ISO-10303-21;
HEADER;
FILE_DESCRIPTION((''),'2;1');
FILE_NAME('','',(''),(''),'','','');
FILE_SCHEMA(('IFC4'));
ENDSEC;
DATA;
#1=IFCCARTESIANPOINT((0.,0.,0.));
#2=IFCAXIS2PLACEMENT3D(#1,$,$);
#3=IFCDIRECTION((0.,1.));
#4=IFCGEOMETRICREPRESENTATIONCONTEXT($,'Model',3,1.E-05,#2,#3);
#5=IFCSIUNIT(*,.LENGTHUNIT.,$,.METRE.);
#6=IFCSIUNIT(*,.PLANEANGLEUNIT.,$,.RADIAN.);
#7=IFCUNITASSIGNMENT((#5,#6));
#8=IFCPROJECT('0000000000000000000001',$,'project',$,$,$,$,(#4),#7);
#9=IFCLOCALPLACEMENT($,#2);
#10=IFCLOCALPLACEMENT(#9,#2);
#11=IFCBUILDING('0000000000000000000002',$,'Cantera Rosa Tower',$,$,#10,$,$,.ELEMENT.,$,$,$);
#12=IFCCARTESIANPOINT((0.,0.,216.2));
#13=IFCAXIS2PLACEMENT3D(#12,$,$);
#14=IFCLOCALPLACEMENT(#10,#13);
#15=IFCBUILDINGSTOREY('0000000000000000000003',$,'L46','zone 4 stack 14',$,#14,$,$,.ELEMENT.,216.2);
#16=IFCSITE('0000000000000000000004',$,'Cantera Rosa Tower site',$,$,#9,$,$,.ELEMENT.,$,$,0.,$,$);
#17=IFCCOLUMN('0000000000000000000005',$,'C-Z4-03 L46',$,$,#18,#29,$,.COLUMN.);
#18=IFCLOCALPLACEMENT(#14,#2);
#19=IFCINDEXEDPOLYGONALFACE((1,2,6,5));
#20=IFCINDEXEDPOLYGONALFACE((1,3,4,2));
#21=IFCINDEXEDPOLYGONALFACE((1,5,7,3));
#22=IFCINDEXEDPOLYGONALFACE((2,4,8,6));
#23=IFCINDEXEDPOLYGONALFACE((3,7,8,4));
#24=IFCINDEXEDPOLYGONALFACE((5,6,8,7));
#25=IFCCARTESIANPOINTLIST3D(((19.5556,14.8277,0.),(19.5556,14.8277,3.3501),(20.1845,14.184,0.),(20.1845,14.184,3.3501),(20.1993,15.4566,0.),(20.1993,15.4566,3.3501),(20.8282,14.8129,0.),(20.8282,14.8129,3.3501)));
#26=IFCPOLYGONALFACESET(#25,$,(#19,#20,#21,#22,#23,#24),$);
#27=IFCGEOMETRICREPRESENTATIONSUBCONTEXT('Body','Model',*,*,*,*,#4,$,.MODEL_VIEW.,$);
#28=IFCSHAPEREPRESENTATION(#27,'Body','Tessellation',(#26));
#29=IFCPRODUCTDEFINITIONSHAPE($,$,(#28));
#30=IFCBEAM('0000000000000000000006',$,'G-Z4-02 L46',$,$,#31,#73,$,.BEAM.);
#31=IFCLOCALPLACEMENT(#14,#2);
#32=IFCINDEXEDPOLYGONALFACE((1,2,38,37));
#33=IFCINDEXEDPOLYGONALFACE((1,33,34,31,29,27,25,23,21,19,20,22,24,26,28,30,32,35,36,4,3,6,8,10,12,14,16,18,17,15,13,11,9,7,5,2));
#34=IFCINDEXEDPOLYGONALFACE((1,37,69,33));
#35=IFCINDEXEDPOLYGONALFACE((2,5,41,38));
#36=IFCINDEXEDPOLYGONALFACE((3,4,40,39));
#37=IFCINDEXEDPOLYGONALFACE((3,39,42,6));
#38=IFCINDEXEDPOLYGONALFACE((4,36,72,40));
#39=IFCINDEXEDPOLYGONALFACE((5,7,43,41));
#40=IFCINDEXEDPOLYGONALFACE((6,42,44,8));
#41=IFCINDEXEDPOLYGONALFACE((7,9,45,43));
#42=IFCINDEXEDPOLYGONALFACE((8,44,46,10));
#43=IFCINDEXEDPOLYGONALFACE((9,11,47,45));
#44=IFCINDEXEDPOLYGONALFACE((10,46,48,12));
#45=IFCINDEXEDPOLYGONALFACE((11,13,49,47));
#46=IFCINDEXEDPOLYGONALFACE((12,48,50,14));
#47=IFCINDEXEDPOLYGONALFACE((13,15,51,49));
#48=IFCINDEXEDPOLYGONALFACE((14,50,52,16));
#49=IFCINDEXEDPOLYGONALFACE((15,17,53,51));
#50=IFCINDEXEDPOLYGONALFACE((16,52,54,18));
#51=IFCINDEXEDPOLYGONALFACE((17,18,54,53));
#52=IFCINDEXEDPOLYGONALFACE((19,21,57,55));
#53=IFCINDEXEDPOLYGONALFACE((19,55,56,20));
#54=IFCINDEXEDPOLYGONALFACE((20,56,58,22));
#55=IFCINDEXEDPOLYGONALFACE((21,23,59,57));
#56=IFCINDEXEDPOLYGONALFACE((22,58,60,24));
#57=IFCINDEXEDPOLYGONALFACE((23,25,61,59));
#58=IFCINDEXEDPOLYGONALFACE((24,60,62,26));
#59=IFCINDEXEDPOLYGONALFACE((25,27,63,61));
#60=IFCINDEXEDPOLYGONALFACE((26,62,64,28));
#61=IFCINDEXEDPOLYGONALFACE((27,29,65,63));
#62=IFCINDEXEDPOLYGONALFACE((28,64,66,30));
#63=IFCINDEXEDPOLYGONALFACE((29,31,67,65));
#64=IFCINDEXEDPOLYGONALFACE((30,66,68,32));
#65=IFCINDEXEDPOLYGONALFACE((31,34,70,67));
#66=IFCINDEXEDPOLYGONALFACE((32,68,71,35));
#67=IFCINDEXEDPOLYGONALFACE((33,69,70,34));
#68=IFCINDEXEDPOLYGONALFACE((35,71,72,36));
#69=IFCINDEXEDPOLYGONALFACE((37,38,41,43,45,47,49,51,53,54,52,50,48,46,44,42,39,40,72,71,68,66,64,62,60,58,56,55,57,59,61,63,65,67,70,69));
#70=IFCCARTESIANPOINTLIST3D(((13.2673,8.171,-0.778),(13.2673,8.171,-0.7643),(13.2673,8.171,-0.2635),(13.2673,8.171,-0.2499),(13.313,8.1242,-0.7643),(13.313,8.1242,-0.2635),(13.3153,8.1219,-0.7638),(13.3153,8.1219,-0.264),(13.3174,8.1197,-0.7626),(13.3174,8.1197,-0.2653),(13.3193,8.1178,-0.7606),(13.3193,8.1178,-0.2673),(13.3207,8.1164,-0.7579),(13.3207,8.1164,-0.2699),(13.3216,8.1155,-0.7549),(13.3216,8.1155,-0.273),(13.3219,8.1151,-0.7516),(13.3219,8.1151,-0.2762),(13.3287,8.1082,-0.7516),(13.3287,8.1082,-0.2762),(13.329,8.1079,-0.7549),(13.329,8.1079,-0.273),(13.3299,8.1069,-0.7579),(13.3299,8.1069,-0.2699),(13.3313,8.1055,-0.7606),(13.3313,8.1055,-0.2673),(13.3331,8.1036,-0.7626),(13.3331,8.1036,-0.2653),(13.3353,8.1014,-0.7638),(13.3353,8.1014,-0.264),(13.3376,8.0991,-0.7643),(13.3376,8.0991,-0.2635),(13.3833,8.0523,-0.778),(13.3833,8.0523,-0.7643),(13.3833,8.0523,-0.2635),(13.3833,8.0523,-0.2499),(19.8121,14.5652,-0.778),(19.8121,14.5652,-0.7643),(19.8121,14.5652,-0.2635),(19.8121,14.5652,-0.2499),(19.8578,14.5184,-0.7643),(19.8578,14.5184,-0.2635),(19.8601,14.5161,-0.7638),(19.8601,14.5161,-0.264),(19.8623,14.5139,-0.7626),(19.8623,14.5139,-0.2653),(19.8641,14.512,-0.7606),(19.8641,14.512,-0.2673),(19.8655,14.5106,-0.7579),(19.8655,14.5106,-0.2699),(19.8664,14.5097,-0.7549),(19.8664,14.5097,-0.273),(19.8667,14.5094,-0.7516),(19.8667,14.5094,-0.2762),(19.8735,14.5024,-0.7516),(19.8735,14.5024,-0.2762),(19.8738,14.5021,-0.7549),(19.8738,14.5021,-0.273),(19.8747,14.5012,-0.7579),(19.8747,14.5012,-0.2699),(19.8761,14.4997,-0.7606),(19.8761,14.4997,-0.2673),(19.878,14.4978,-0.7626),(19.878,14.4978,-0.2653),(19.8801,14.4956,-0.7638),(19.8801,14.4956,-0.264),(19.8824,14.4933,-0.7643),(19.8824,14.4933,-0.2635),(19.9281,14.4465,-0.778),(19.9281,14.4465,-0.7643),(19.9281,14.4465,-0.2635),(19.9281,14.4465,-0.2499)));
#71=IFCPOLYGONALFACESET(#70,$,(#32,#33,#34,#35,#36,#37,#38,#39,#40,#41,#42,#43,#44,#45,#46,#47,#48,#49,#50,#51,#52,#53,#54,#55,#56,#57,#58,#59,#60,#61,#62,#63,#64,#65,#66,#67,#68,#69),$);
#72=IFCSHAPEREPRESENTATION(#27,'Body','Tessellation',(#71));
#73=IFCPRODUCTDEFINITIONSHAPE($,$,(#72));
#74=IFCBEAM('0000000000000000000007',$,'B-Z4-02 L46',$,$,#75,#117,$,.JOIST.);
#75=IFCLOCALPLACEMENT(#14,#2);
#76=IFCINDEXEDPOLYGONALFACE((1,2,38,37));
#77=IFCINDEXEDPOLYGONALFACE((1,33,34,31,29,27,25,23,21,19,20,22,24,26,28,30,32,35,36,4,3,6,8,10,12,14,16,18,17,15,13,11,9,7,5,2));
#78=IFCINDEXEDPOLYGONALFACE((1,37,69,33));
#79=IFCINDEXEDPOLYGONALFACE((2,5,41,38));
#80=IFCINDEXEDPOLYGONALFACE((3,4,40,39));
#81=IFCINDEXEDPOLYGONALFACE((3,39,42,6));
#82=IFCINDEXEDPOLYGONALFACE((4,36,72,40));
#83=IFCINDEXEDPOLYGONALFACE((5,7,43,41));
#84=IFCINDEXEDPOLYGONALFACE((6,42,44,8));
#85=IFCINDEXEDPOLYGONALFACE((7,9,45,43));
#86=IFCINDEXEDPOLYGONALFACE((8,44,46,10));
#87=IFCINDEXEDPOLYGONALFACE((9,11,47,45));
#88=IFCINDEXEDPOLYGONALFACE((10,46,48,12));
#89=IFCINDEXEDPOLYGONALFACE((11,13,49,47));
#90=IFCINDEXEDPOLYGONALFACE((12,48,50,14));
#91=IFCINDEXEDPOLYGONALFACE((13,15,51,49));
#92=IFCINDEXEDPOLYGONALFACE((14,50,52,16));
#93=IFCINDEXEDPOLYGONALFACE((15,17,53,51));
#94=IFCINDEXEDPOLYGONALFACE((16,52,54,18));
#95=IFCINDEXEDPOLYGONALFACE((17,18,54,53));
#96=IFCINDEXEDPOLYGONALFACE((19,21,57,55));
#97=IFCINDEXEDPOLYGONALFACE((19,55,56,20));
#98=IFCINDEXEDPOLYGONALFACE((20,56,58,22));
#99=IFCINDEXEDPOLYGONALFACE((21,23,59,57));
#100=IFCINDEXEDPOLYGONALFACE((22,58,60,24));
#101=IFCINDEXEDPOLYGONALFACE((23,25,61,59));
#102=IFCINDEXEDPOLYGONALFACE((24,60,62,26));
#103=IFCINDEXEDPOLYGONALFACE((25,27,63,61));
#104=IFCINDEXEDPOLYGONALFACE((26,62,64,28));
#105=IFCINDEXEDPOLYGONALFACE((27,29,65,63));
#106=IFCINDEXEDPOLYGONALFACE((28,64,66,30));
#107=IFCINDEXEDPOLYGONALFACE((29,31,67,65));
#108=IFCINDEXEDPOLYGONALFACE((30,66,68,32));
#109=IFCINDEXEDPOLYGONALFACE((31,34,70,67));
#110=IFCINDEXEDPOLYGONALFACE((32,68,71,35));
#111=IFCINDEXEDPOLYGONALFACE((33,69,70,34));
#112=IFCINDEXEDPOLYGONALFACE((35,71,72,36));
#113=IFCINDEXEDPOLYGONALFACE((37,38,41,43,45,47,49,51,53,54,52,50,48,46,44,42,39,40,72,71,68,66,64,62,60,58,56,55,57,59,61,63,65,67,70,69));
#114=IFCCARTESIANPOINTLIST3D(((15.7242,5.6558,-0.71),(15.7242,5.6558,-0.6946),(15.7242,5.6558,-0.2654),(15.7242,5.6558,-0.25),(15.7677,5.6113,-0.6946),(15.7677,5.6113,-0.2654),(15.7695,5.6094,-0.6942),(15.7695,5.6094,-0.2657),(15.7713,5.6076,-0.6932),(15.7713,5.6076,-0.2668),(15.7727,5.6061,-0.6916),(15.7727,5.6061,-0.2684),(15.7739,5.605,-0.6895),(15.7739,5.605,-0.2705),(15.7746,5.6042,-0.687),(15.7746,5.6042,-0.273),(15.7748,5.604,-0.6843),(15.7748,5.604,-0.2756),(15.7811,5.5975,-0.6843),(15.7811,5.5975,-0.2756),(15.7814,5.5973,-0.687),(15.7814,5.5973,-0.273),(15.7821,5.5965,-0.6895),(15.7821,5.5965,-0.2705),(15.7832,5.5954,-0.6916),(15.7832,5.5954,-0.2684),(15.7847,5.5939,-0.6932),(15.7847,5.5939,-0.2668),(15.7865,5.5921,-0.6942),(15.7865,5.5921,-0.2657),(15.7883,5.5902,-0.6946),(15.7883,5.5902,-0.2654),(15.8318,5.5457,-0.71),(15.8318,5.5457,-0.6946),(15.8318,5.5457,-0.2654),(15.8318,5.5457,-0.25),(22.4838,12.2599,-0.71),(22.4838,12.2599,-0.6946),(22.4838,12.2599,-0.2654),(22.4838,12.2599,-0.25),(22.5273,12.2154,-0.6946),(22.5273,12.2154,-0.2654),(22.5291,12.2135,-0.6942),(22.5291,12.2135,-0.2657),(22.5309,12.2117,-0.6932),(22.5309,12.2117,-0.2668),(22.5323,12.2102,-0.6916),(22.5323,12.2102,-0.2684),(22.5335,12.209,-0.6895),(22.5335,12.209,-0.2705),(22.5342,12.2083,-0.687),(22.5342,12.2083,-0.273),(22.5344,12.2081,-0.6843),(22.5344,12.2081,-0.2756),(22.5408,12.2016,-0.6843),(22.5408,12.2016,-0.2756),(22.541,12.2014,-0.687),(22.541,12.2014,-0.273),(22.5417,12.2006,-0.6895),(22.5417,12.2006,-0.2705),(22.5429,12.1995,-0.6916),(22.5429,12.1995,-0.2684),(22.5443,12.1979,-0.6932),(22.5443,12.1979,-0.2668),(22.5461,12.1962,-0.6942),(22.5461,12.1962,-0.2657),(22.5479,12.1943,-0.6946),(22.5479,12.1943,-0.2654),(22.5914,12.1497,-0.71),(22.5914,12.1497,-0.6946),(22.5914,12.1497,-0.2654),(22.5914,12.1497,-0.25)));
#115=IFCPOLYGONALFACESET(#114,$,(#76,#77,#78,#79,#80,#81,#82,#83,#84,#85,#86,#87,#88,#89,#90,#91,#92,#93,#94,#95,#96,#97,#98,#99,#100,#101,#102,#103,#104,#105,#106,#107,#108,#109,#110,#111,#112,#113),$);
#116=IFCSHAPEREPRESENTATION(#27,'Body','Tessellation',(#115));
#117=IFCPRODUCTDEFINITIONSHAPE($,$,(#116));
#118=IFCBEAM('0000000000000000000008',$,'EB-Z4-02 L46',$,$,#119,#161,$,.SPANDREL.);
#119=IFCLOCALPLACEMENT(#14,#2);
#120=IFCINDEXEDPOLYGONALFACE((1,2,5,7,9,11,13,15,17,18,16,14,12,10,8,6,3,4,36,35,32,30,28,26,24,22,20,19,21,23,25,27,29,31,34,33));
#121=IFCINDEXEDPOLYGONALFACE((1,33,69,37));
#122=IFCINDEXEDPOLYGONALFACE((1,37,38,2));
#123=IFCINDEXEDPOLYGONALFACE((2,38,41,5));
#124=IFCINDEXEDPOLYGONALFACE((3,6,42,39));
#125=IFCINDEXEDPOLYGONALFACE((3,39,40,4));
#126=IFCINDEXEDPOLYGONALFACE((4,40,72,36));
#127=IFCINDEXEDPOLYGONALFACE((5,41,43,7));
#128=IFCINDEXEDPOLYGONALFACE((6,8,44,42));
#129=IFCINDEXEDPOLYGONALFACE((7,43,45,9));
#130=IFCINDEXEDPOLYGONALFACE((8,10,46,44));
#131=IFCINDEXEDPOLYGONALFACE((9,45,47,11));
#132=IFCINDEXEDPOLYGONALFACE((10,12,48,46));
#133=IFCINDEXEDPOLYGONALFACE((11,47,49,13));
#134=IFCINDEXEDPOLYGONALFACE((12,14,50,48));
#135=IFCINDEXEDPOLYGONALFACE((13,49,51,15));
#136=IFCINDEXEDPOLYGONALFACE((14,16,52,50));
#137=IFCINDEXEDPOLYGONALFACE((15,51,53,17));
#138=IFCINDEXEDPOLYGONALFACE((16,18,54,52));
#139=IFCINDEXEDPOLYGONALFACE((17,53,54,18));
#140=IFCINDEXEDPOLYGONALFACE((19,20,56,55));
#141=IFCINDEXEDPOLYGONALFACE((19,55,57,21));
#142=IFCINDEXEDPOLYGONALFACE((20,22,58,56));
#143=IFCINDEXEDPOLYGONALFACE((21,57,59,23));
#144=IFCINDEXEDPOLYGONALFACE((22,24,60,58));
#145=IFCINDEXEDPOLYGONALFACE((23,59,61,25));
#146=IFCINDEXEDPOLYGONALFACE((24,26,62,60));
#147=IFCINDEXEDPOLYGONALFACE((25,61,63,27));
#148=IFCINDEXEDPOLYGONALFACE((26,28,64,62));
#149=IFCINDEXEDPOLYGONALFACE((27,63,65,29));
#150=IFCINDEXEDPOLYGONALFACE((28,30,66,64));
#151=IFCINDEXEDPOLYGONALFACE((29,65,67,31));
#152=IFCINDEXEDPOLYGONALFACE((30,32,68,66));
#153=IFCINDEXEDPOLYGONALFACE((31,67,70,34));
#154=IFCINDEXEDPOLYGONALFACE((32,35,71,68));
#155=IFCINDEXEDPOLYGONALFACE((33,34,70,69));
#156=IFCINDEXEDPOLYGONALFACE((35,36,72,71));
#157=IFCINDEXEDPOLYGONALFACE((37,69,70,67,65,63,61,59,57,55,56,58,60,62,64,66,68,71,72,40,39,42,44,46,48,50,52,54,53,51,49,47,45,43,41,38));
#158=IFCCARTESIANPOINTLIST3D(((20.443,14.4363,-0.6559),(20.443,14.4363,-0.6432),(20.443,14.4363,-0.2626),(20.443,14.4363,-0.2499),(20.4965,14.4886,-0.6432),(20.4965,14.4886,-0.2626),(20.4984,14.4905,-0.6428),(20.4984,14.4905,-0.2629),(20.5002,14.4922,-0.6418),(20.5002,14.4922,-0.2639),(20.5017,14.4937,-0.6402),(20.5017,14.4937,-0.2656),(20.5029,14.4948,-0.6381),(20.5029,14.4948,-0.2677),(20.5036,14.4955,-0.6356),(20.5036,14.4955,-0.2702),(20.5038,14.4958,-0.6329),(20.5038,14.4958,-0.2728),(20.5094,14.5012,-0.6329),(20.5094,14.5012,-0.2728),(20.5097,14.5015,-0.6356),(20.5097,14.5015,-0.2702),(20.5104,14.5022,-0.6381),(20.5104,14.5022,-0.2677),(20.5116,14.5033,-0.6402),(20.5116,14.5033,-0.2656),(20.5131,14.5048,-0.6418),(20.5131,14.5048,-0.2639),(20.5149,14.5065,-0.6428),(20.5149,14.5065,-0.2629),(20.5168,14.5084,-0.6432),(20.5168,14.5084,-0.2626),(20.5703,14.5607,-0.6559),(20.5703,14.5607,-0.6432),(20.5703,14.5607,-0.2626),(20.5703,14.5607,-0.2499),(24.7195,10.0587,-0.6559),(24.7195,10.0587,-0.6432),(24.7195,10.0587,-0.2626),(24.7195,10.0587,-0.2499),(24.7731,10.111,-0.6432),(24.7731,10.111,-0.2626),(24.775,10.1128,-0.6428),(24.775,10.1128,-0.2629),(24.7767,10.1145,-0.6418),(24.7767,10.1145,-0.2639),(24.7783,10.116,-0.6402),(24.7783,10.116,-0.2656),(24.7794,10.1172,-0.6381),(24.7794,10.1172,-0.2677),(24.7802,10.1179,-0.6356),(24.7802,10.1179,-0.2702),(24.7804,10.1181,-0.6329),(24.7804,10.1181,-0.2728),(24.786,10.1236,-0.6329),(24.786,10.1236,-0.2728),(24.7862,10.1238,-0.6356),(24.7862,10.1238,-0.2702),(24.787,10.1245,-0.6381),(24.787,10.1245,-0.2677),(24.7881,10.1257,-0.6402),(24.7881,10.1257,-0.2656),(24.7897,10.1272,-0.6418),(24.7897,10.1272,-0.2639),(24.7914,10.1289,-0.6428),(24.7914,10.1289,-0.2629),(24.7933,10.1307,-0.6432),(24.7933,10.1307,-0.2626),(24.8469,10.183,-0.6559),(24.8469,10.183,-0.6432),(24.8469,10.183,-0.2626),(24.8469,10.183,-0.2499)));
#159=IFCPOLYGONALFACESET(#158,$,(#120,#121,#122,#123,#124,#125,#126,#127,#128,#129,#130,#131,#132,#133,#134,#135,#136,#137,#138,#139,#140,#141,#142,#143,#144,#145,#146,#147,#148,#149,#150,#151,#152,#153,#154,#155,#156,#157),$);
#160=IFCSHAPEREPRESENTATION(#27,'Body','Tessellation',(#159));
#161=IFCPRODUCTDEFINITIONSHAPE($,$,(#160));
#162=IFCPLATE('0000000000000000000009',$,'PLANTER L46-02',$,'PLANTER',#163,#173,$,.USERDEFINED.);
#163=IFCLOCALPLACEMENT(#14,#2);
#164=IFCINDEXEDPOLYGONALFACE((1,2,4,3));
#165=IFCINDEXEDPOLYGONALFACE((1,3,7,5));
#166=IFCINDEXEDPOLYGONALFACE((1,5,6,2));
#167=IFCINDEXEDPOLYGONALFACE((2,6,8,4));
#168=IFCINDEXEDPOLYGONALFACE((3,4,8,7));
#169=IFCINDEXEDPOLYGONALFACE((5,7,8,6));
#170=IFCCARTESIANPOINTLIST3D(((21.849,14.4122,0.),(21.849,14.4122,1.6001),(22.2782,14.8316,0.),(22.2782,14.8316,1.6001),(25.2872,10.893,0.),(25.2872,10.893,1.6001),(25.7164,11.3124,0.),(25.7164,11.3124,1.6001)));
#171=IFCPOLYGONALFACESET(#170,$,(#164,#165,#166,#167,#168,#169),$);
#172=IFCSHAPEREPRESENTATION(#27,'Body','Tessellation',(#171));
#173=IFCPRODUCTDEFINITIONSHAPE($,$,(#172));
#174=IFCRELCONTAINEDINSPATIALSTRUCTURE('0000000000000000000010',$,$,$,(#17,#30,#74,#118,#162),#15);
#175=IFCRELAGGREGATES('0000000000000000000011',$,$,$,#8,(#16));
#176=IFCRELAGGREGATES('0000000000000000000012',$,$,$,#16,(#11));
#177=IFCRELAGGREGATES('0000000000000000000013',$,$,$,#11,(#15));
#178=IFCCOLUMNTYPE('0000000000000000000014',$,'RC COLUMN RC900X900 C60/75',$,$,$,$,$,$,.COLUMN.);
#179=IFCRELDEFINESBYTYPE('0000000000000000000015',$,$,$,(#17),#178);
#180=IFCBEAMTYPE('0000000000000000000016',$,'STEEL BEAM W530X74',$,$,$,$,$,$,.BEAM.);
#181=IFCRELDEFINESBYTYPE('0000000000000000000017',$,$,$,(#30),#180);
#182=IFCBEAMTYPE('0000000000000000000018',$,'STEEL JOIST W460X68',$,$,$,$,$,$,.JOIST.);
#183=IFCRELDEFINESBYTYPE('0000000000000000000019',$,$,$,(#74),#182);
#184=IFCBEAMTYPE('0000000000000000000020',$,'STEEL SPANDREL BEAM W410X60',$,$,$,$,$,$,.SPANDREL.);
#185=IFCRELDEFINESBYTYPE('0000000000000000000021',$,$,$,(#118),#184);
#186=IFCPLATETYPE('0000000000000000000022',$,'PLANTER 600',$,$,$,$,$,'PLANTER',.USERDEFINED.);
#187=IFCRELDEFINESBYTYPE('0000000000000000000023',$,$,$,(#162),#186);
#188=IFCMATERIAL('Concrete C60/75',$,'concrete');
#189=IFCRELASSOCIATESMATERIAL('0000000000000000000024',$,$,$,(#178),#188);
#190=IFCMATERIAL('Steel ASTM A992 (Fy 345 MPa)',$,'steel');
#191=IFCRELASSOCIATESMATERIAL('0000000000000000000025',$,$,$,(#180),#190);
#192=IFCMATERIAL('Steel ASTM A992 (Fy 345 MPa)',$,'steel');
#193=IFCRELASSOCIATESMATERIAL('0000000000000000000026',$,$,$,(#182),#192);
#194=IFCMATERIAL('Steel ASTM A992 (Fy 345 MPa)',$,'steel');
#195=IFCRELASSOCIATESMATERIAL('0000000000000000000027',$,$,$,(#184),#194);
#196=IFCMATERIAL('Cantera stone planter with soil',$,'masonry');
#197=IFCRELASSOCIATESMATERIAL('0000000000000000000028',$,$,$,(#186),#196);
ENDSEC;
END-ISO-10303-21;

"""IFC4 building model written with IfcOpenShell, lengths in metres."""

from ifc_helpers import new_model, si_unit, direction, frame, origin, origin_2d, place, context, subcontext, project, spatial, rectangle, i_section, extrude, material, material_profile, profile_set, type_object, element, save


model = new_model("IFC4")

# Units and contexts
model_context = context("Model", 3, precision=1e-05, world=origin(), true_north=direction((0.0, 1.0)))
body_context = subcontext(model_context, "Body", "Model", "MODEL_VIEW")
ifc_project = project(units=[si_unit("LENGTHUNIT", "METRE"), si_unit("PLANEANGLEUNIT", "RADIAN")], contexts=[model_context])

# Site, building, storey
site_placement = place(None, origin())
site = spatial("IfcSite", under=ifc_project, at=site_placement, Name="Cantera Rosa Tower site", CompositionType="ELEMENT", RefElevation=0.0)
building_placement = place(site_placement, origin())
building = spatial("IfcBuilding", under=site, at=building_placement, Name="Cantera Rosa Tower", CompositionType="ELEMENT")
storey_placement = place(building_placement, frame((0.0, 0.0, 216.2)))
storey = spatial("IfcBuildingStorey", under=building, at=storey_placement, Name="L46", Description="zone 4 stack 14", CompositionType="ELEMENT", Elevation=216.2)

# Column
ifc_material_1 = material(Name="Concrete C60/75", Category="concrete")
ifc_material_profile_1 = material_profile(ifc_material_1, rectangle(XDim=0.8999, YDim=0.8999, at=origin_2d()), Name="RC COLUMN RC900X900 C60/75")
ifc_profile_set_1 = profile_set([ifc_material_profile_1], Name="Concrete C60/75")
column_type = type_object("IfcColumnType", Name="RC COLUMN RC900X900 C60/75", PredefinedType="COLUMN", material=ifc_profile_set_1)
column_placement = place(storey_placement, frame((20.1919, 14.8203, 0.0), z_axis=(0.0, 0.0, 1.0), x_axis=(0.715286, 0.698832, 0.0)))
element("IfcColumn", 1, at=column_placement, inside=storey, type_object=column_type, Name="C-Z4-03 L46", PredefinedType="COLUMN", context=body_context, shape_type="SweptSolid", body=[
    extrude(rectangle(XDim=0.8999, YDim=0.8999, at=origin_2d()), origin(), (0.0, 0.0, 1.0), 3.3501),
])

# Beams
ifc_material_2 = material(Name="Steel ASTM A992 (Fy 345 MPa)", Category="steel")
ifc_material_profile_2 = material_profile(ifc_material_2, i_section(OverallWidth=0.166, OverallDepth=0.5281, WebThickness=0.0098, FlangeThickness=0.0137, FilletRadius=0.0127, at=origin_2d()), Name="W530X74")
ifc_profile_set_2 = profile_set([ifc_material_profile_2], Name="Steel ASTM A992 (Fy 345 MPa)")
beam_type_1 = type_object("IfcBeamType", Name="STEEL BEAM W530X74", PredefinedType="BEAM", material=ifc_profile_set_2)
beam_1_placement = place(storey_placement, frame((19.8701, 14.5059, -0.5139), z_axis=(-0.71529, -0.698827, 0.0), x_axis=(0.698827, -0.71529, 0.0)))
element("IfcBeam", 2, at=beam_1_placement, inside=storey, type_object=beam_type_1, Name="G-Z4-02 L46", PredefinedType="BEAM", context=body_context, shape_type="SweptSolid", body=[
    extrude(i_section(OverallWidth=0.166, OverallDepth=0.5281, WebThickness=0.0098, FlangeThickness=0.0137, FilletRadius=0.0127, at=origin_2d()), origin(), (0.0, 0.0, 1.0), 9.1499),
])
ifc_material_3 = material(Name="Steel ASTM A992 (Fy 345 MPa)", Category="steel")
ifc_material_profile_3 = material_profile(ifc_material_3, i_section(OverallWidth=0.1541, OverallDepth=0.46, WebThickness=0.009, FlangeThickness=0.0154, FilletRadius=0.0103, at=origin_2d()), Name="W460X68")
ifc_profile_set_3 = profile_set([ifc_material_profile_3], Name="Steel ASTM A992 (Fy 345 MPa)")
beam_type_2 = type_object("IfcBeamType", Name="STEEL JOIST W460X68", PredefinedType="JOIST", material=ifc_profile_set_3)
beam_2_placement = place(storey_placement, frame((22.5376, 12.2048, -0.48), z_axis=(-0.715287, -0.698831, 0.0), x_axis=(0.698831, -0.715287, 0.0)))
element("IfcBeam", 3, at=beam_2_placement, inside=storey, type_object=beam_type_2, Name="B-Z4-02 L46", PredefinedType="JOIST", context=body_context, shape_type="SweptSolid", body=[
    extrude(i_section(OverallWidth=0.1541, OverallDepth=0.46, WebThickness=0.009, FlangeThickness=0.0154, FilletRadius=0.0103, at=origin_2d()), origin(), (0.0, 0.0, 1.0), 9.4502),
])
ifc_material_4 = material(Name="Steel ASTM A992 (Fy 345 MPa)", Category="steel")
ifc_material_profile_4 = material_profile(ifc_material_4, i_section(OverallWidth=0.178, OverallDepth=0.406, WebThickness=0.0078, FlangeThickness=0.0127, FilletRadius=0.0103, at=origin_2d()), Name="W410X60")
ifc_profile_set_4 = profile_set([ifc_material_profile_4], Name="Steel ASTM A992 (Fy 345 MPa)")
beam_type_3 = type_object("IfcBeamType", Name="STEEL SPANDREL BEAM W410X60", PredefinedType="SPANDREL", material=ifc_profile_set_4)
beam_3_placement = place(storey_placement, frame((24.7832, 10.1208, -0.4529), z_axis=(-0.698801, 0.715316, 0.0), x_axis=(-0.715316, -0.698801, 0.0)))
element("IfcBeam", 4, at=beam_3_placement, inside=storey, type_object=beam_type_3, Name="EB-Z4-02 L46", PredefinedType="SPANDREL", context=body_context, shape_type="SweptSolid", body=[
    extrude(i_section(OverallWidth=0.178, OverallDepth=0.406, WebThickness=0.0078, FlangeThickness=0.0127, FilletRadius=0.0103, at=origin_2d()), origin(), (0.0, 0.0, 1.0), 6.1199),
])

# Plate
ifc_material_5 = material(Name="Cantera stone planter with soil", Category="masonry")
plate_type = type_object("IfcPlateType", Name="PLANTER 600", ElementType="PLANTER", PredefinedType="USERDEFINED", material=ifc_material_5)
plate_placement = place(storey_placement, frame((23.7827, 12.8623, 0.0), z_axis=(0.0, 0.0, 1.0), x_axis=(-0.698832, 0.715286, 0.0)))
element("IfcPlate", 5, at=plate_placement, inside=storey, type_object=plate_type, Name="PLANTER L46-02", ObjectType="PLANTER", PredefinedType="USERDEFINED", context=body_context, shape_type="SweptSolid", body=[
    extrude(rectangle(XDim=4.9199, YDim=0.6001, at=origin_2d()), origin(), (0.0, 0.0, 1.0), 1.6001),
])

save(model, "model.ifc")
